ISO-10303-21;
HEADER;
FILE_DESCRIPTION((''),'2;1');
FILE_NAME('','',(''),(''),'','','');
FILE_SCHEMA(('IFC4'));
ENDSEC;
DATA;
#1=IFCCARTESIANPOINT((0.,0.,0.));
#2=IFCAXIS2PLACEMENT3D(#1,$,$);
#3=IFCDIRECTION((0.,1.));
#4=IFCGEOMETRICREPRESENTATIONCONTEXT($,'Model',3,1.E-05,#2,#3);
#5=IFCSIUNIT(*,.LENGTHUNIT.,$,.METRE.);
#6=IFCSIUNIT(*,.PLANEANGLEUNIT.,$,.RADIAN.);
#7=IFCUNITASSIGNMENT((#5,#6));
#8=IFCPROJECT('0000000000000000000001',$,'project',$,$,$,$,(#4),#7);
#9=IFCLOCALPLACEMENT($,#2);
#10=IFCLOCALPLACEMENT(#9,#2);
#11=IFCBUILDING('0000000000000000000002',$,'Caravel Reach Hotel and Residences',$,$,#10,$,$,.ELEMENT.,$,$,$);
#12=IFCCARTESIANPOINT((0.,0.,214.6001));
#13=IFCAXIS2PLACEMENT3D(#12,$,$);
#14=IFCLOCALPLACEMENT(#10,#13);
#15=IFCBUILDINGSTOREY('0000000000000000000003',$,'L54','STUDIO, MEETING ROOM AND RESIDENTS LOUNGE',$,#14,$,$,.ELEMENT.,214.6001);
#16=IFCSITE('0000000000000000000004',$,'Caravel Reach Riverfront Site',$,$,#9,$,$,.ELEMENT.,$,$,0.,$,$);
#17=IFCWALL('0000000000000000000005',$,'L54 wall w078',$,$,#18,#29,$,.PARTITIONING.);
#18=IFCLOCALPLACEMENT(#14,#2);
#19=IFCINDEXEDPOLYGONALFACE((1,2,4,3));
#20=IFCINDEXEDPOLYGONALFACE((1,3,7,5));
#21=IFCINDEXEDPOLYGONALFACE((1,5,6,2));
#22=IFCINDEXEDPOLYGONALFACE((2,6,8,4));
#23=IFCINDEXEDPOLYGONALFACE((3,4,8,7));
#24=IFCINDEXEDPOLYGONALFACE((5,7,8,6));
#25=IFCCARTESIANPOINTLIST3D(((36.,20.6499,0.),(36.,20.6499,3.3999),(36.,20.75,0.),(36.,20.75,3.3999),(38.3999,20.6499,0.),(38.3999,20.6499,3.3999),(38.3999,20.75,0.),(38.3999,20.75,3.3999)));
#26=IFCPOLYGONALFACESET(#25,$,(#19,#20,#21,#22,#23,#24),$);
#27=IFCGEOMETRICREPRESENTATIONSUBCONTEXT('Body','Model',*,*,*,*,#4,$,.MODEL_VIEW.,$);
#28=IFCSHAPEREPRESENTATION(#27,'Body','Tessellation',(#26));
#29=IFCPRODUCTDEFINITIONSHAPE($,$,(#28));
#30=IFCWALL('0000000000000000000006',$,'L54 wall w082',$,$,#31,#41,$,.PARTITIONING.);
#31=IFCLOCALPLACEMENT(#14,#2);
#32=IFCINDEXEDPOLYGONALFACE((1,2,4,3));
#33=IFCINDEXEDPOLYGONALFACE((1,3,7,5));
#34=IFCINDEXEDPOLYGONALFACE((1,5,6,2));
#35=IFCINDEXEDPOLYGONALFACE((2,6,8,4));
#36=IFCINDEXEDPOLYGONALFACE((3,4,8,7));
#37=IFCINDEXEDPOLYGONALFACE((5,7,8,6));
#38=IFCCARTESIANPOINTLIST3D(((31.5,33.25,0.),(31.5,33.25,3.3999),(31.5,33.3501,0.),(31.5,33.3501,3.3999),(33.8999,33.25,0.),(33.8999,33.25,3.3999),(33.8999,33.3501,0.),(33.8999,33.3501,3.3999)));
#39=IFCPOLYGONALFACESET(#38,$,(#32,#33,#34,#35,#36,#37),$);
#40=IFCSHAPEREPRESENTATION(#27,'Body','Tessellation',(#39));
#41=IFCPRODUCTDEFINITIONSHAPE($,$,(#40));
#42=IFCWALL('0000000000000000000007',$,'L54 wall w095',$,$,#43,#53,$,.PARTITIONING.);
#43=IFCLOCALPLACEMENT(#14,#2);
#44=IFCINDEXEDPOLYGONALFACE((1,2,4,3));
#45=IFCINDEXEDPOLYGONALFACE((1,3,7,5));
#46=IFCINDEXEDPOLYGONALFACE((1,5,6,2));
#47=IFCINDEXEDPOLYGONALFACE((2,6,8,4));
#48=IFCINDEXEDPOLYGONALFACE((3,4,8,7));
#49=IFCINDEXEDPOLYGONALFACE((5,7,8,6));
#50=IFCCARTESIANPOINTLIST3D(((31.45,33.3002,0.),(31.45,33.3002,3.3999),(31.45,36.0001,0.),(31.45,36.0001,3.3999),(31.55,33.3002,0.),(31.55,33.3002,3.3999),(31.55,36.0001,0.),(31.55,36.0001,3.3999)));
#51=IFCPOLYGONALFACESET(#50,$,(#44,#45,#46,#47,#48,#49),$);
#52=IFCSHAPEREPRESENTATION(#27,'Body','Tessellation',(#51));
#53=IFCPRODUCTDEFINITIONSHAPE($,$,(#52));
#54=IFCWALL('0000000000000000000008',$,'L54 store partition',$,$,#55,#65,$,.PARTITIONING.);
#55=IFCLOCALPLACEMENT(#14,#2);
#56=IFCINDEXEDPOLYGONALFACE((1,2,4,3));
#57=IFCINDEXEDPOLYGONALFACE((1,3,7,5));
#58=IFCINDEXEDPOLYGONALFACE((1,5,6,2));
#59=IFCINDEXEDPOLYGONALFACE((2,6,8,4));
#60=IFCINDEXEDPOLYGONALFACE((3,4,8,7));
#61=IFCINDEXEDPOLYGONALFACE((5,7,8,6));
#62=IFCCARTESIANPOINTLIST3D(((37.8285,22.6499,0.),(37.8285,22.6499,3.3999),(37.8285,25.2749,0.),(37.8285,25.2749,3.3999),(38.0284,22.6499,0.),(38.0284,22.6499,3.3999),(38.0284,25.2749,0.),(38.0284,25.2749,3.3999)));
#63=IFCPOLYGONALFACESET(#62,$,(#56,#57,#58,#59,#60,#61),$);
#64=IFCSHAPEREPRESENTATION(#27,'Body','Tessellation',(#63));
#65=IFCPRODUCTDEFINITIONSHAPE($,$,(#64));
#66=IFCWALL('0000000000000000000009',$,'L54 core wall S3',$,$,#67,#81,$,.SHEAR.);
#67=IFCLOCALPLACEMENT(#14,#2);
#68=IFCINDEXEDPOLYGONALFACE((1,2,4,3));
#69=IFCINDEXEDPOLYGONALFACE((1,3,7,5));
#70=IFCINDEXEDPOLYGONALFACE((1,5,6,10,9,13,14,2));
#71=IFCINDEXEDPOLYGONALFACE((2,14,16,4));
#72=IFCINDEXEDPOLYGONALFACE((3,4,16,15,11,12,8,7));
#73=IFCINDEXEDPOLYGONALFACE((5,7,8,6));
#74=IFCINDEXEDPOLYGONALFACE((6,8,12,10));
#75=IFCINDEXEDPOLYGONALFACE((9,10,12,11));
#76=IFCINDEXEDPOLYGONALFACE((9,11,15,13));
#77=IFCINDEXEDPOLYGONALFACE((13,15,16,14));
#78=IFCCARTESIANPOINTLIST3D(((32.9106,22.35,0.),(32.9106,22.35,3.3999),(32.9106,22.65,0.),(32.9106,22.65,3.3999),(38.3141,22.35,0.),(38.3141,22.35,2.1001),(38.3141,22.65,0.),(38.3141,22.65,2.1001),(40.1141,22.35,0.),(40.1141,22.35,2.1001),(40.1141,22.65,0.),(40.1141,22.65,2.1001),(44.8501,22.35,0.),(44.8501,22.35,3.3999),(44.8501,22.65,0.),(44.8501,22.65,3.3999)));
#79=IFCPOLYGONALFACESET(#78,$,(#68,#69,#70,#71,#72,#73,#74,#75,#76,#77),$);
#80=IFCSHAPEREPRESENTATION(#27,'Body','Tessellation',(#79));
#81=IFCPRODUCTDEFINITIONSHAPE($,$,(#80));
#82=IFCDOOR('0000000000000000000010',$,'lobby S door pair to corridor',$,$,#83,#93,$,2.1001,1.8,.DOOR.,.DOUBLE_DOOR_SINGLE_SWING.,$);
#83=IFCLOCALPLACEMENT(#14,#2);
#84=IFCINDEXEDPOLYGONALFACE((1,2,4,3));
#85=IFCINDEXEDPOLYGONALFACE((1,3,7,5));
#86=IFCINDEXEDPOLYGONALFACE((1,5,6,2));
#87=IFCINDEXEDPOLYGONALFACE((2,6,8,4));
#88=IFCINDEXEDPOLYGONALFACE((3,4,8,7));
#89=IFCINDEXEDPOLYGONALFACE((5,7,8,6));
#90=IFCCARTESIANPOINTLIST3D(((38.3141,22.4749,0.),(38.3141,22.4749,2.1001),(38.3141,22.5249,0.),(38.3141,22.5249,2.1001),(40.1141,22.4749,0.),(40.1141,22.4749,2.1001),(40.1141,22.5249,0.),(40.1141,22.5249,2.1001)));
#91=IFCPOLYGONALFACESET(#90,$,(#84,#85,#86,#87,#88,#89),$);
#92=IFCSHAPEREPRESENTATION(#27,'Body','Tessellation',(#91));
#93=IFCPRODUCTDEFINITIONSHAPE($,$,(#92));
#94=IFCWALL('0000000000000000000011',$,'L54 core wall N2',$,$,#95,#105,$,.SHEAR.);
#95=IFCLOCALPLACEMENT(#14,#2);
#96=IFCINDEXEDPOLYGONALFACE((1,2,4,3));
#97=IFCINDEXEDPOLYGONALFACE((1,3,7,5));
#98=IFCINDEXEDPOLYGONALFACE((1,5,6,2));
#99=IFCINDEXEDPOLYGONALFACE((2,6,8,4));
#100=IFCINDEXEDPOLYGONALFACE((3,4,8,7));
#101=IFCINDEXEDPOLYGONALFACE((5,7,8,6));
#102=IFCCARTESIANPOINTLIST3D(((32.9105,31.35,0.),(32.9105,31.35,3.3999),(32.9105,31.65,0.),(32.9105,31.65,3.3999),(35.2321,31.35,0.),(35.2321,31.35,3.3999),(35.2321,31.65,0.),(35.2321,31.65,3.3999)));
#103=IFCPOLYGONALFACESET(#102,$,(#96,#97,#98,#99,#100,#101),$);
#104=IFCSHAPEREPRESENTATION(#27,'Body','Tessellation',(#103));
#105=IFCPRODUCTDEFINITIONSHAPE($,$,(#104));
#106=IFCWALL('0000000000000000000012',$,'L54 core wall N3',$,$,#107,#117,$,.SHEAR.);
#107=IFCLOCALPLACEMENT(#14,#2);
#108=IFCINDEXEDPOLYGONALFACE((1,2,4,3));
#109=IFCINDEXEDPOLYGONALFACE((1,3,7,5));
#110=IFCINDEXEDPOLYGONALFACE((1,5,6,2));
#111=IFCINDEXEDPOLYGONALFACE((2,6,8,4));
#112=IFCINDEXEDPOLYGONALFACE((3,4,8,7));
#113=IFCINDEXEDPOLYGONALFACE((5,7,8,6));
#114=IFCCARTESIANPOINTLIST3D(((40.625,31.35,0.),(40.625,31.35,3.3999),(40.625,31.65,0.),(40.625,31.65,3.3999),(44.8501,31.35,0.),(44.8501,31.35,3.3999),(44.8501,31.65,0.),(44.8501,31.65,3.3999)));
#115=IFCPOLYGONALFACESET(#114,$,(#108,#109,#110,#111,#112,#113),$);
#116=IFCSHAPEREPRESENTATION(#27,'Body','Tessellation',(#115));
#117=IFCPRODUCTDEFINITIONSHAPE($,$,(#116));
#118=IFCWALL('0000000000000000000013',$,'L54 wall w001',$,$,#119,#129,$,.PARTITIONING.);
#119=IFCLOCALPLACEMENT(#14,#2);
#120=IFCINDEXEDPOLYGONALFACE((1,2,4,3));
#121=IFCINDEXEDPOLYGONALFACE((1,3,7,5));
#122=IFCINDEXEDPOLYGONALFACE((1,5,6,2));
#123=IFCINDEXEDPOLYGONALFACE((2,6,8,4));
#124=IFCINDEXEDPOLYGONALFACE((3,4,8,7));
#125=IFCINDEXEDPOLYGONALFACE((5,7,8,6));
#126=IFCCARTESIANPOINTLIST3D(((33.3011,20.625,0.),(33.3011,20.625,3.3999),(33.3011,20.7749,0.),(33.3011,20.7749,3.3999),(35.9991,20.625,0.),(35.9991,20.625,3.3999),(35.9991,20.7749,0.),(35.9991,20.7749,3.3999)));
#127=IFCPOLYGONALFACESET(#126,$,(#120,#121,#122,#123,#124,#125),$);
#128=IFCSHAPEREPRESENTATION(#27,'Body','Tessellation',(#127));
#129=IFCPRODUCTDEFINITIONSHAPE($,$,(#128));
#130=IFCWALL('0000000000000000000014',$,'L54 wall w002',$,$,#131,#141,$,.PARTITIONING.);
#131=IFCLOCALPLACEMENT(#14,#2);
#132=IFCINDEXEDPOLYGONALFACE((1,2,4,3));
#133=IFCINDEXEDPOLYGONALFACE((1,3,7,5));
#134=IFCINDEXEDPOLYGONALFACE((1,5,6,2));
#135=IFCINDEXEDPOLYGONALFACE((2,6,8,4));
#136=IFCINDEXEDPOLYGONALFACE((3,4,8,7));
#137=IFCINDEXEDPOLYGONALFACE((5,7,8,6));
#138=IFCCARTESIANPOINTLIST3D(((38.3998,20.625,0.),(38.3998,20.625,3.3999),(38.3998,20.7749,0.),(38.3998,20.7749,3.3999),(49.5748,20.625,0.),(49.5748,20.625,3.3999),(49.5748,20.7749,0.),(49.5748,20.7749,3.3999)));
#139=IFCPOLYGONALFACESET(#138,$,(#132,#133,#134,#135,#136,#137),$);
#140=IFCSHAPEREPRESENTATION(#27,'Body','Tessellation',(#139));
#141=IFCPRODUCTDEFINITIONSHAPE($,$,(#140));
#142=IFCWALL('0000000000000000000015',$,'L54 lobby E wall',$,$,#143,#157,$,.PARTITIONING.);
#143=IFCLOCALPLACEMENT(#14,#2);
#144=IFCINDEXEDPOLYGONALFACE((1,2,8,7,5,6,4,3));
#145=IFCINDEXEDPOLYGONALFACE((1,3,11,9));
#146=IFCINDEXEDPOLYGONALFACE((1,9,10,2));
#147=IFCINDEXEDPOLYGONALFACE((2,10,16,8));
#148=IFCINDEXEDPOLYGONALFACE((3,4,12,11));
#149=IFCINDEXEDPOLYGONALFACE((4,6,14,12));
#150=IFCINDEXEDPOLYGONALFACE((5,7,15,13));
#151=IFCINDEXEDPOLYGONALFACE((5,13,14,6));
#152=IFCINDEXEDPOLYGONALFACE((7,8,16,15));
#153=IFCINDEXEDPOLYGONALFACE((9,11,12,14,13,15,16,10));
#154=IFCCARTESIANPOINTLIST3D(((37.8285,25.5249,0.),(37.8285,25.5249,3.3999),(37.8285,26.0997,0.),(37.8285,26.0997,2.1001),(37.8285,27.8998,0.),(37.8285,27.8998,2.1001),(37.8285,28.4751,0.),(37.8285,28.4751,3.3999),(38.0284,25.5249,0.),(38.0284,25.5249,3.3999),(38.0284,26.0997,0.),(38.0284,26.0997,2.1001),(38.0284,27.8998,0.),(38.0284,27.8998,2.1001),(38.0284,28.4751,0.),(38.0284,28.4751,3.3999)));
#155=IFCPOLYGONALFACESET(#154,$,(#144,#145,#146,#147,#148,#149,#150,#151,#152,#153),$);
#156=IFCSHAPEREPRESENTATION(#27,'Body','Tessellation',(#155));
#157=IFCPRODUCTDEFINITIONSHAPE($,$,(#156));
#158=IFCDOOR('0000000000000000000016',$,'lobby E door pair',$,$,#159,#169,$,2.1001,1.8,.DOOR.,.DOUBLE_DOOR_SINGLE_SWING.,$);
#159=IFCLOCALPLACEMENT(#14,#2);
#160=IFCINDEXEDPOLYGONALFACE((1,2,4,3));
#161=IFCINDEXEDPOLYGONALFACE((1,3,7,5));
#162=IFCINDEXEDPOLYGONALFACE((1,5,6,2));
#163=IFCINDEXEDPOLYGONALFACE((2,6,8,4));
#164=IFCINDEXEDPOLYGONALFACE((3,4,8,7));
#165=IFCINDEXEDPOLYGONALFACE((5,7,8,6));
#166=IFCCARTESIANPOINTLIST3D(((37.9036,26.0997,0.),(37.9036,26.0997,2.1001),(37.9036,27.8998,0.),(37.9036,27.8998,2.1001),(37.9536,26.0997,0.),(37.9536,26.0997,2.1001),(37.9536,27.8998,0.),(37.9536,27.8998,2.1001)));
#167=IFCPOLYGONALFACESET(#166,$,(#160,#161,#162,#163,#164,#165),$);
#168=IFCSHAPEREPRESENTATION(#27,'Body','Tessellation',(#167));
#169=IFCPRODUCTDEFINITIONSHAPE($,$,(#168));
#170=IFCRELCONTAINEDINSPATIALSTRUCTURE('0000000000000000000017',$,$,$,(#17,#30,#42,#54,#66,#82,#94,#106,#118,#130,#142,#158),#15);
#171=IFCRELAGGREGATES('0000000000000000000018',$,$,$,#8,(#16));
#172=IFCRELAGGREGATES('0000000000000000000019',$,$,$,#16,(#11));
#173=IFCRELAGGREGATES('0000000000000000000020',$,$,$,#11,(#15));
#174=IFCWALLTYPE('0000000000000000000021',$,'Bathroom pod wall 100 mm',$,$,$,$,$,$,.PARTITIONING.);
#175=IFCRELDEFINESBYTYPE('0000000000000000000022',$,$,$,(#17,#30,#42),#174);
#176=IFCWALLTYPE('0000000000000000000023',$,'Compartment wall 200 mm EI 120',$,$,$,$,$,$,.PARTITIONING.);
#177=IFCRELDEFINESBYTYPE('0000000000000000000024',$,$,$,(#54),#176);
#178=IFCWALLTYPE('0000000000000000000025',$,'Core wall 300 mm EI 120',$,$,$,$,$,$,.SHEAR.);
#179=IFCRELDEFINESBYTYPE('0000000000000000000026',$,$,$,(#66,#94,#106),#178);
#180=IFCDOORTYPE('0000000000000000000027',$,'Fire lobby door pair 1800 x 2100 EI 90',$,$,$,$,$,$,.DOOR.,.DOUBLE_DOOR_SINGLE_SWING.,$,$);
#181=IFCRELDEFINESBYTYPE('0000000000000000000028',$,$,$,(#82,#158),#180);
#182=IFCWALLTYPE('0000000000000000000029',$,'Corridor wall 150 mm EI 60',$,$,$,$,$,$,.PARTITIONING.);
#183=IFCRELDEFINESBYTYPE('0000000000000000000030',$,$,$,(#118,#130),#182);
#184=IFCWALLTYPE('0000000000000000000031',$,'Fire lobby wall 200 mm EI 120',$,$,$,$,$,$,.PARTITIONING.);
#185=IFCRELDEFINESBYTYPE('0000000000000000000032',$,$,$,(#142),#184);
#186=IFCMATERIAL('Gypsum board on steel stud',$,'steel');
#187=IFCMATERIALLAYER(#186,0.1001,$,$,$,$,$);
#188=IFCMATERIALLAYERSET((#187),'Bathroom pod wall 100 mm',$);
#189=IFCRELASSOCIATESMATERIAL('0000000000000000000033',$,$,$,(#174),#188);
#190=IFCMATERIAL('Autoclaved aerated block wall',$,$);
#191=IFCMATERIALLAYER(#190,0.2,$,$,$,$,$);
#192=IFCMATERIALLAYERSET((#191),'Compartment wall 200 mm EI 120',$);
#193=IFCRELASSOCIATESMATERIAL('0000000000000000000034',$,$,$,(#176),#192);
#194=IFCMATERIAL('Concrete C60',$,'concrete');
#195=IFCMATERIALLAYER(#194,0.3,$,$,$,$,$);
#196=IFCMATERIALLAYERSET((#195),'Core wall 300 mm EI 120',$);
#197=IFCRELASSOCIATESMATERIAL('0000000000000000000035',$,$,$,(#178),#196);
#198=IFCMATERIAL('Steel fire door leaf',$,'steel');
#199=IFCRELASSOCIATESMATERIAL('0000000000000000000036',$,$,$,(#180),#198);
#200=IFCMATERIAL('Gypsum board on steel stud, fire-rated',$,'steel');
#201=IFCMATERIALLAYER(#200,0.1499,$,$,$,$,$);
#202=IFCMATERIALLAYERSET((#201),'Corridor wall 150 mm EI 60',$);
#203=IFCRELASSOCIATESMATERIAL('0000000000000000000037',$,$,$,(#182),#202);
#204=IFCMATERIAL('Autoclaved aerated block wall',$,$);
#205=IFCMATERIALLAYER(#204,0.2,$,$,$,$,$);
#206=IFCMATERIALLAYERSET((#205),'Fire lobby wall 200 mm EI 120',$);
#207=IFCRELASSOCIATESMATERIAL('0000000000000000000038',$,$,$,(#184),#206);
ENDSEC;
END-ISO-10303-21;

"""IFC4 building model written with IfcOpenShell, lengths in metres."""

from ifc_helpers import new_model, si_unit, direction, frame, frame_2d, origin, place, context, subcontext, project, spatial, rectangle, extrude, material, layer, layer_set, type_object, element, fill, save


model = new_model("IFC4")

# Units and contexts
model_context = context("Model", 3, precision=1e-05, world=origin(), true_north=direction((0.0, 1.0)))
body_context = subcontext(model_context, "Body", "Model", "MODEL_VIEW")
ifc_project = project(units=[si_unit("LENGTHUNIT", "METRE"), si_unit("PLANEANGLEUNIT", "RADIAN")], contexts=[model_context])

# Site, building, storey
site_placement = place(None, origin())
site = spatial("IfcSite", under=ifc_project, at=site_placement, Name="Caravel Reach Riverfront Site", CompositionType="ELEMENT", RefElevation=0.0)
building_placement = place(site_placement, origin())
building = spatial("IfcBuilding", under=site, at=building_placement, Name="Caravel Reach Hotel and Residences", CompositionType="ELEMENT")
storey_placement = place(building_placement, frame((0.0, 0.0, 214.6001)))
storey = spatial("IfcBuildingStorey", under=building, at=storey_placement, Name="L54", Description="STUDIO, MEETING ROOM AND RESIDENTS LOUNGE", CompositionType="ELEMENT", Elevation=214.6001)

# Walls
ifc_material_1 = material(Name="Gypsum board on steel stud", Category="steel")
ifc_layer_1 = layer(ifc_material_1, 0.1001)
ifc_layer_set_1 = layer_set([ifc_layer_1], Name="Bathroom pod wall 100 mm")
wall_type_1 = type_object("IfcWallType", Name="Bathroom pod wall 100 mm", PredefinedType="PARTITIONING", material=ifc_layer_set_1)
for number, where, z_axis, x_axis, name in (
    (1, (36.0, 20.7, 0.0), (0.0, 0.0, 1.0), (1.0, 0.0, 0.0), "L54 wall w078"),
    (2, (31.5, 33.3, 0.0), (0.0, 0.0, 1.0), (1.0, 0.0, 0.0), "L54 wall w082"),
):
    element("IfcWall", number, at=place(storey_placement, frame(where, z_axis=z_axis, x_axis=x_axis)), inside=storey, type_object=wall_type_1, Name=name, PredefinedType="PARTITIONING", context=body_context, shape_type="SweptSolid", body=[
        extrude(rectangle(XDim=2.3999, YDim=0.1001, at=frame_2d((1.2, 0.0))), origin(), (0.0, 0.0, 1.0), 3.3999),
    ])
wall_1_placement = place(storey_placement, frame((31.5, 33.3, 0.0), z_axis=(0.0, 0.0, 1.0), x_axis=(0.0, 1.0, 0.0)))
element("IfcWall", 3, at=wall_1_placement, inside=storey, type_object=wall_type_1, Name="L54 wall w095", PredefinedType="PARTITIONING", context=body_context, shape_type="SweptSolid", body=[
    extrude(rectangle(XDim=2.7, YDim=0.1001, at=frame_2d((1.3501, 0.0))), origin(), (0.0, 0.0, 1.0), 3.3999),
])
ifc_material_2 = material(Name="Autoclaved aerated block wall")
ifc_layer_2 = layer(ifc_material_2, 0.2)
ifc_layer_set_2 = layer_set([ifc_layer_2], Name="Compartment wall 200 mm EI 120")
wall_type_2 = type_object("IfcWallType", Name="Compartment wall 200 mm EI 120", PredefinedType="PARTITIONING", material=ifc_layer_set_2)
wall_2_placement = place(storey_placement, frame((37.9285, 22.6499, 0.0), z_axis=(0.0, 0.0, 1.0), x_axis=(0.0, 1.0, 0.0)))
element("IfcWall", 4, at=wall_2_placement, inside=storey, type_object=wall_type_2, Name="L54 store partition", PredefinedType="PARTITIONING", context=body_context, shape_type="SweptSolid", body=[
    extrude(rectangle(XDim=2.625, YDim=0.2, at=frame_2d((1.3125, 0.0))), origin(), (0.0, 0.0, 1.0), 3.3999),
])

# Wall, opening, door
ifc_material_3 = material(Name="Concrete C60", Category="concrete")
ifc_layer_3 = layer(ifc_material_3, 0.3)
ifc_layer_set_3 = layer_set([ifc_layer_3], Name="Core wall 300 mm EI 120")
wall_type_3 = type_object("IfcWallType", Name="Core wall 300 mm EI 120", PredefinedType="SHEAR", material=ifc_layer_set_3)
wall_3_placement = place(storey_placement, frame((32.9106, 22.5, 0.0), z_axis=(0.0, 0.0, 1.0), x_axis=(1.0, 0.0, 0.0)))
wall_3 = element("IfcWall", 5, at=wall_3_placement, inside=storey, type_object=wall_type_3, Name="L54 core wall S3", PredefinedType="SHEAR", context=body_context, shape_type="SweptSolid", body=[
    extrude(rectangle(XDim=11.9395, YDim=0.3, at=frame_2d((5.9697, 0.0))), origin(), (0.0, 0.0, 1.0), 3.3999),
])
opening_1_placement = place(wall_3_placement, frame((5.4036, 0.0, 0.0)))
opening_1 = element("IfcOpeningElement", 6, at=opening_1_placement, cuts=wall_3, PredefinedType="OPENING", context=body_context, shape_type="SweptSolid", body=[
    extrude(rectangle(XDim=1.8, YDim=2.1001, at=frame_2d((0.8999, 1.05))), frame((0.0, 0.1599, 0.0), z_axis=(0.0, -1.0, 0.0), x_axis=(1.0, 0.0, 0.0)), (0.0, 0.0, 1.0), 0.3201),
])
ifc_material_4 = material(Name="Steel fire door leaf", Category="steel")
door_type_1 = type_object("IfcDoorType", Name="Fire lobby door pair 1800 x 2100 EI 90", OperationType="DOUBLE_DOOR_SINGLE_SWING", PredefinedType="DOOR", material=ifc_material_4)
door_1_placement = place(opening_1_placement, origin())
door_1 = element("IfcDoor", 7, at=door_1_placement, inside=storey, type_object=door_type_1, Name="lobby S door pair to corridor", OperationType="DOUBLE_DOOR_SINGLE_SWING", OverallHeight=2.1001, OverallWidth=1.8, PredefinedType="DOOR", context=body_context, shape_type="SweptSolid", body=[
    extrude(rectangle(XDim=1.8, YDim=2.1001, at=frame_2d((0.8999, 1.05))), frame((0.0, 0.0249, 0.0), z_axis=(0.0, -1.0, 0.0), x_axis=(1.0, 0.0, 0.0)), (0.0, 0.0, 1.0), 0.05),
])
fill(opening_1, door_1)

# Walls
wall_4_placement = place(storey_placement, frame((32.9106, 31.5, 0.0), z_axis=(0.0, 0.0, 1.0), x_axis=(1.0, 0.0, 0.0)))
element("IfcWall", 8, at=wall_4_placement, inside=storey, type_object=wall_type_3, Name="L54 core wall N2", PredefinedType="SHEAR", context=body_context, shape_type="SweptSolid", body=[
    extrude(rectangle(XDim=2.3215, YDim=0.3, at=frame_2d((1.1606, 0.0))), origin(), (0.0, 0.0, 1.0), 3.3999),
])
wall_5_placement = place(storey_placement, frame((40.625, 31.5, 0.0), z_axis=(0.0, 0.0, 1.0), x_axis=(1.0, 0.0, 0.0)))
element("IfcWall", 9, at=wall_5_placement, inside=storey, type_object=wall_type_3, Name="L54 core wall N3", PredefinedType="SHEAR", context=body_context, shape_type="SweptSolid", body=[
    extrude(rectangle(XDim=4.2251, YDim=0.3, at=frame_2d((2.1125, 0.0))), origin(), (0.0, 0.0, 1.0), 3.3999),
])
ifc_material_5 = material(Name="Gypsum board on steel stud, fire-rated", Category="steel")
ifc_layer_4 = layer(ifc_material_5, 0.1499)
ifc_layer_set_4 = layer_set([ifc_layer_4], Name="Corridor wall 150 mm EI 60")
wall_type_4 = type_object("IfcWallType", Name="Corridor wall 150 mm EI 60", PredefinedType="PARTITIONING", material=ifc_layer_set_4)
wall_6_placement = place(storey_placement, frame((33.301, 20.7, 0.0), z_axis=(0.0, 0.0, 1.0), x_axis=(1.0, 0.0, 0.0)))
element("IfcWall", 10, at=wall_6_placement, inside=storey, type_object=wall_type_4, Name="L54 wall w001", PredefinedType="PARTITIONING", context=body_context, shape_type="SweptSolid", body=[
    extrude(rectangle(XDim=2.698, YDim=0.1499, at=frame_2d((1.3491, 0.0))), origin(), (0.0, 0.0, 1.0), 3.3999),
])
wall_7_placement = place(storey_placement, frame((38.3999, 20.7, 0.0), z_axis=(0.0, 0.0, 1.0), x_axis=(1.0, 0.0, 0.0)))
element("IfcWall", 11, at=wall_7_placement, inside=storey, type_object=wall_type_4, Name="L54 wall w002", PredefinedType="PARTITIONING", context=body_context, shape_type="SweptSolid", body=[
    extrude(rectangle(XDim=11.175, YDim=0.1499, at=frame_2d((5.5874, 0.0))), origin(), (0.0, 0.0, 1.0), 3.3999),
])

# Wall, opening, door
ifc_material_6 = material(Name="Autoclaved aerated block wall")
ifc_layer_5 = layer(ifc_material_6, 0.2)
ifc_layer_set_5 = layer_set([ifc_layer_5], Name="Fire lobby wall 200 mm EI 120")
wall_type_5 = type_object("IfcWallType", Name="Fire lobby wall 200 mm EI 120", PredefinedType="PARTITIONING", material=ifc_layer_set_5)
wall_8_placement = place(storey_placement, frame((37.9285, 25.5249, 0.0), z_axis=(0.0, 0.0, 1.0), x_axis=(0.0, 1.0, 0.0)))
wall_8 = element("IfcWall", 12, at=wall_8_placement, inside=storey, type_object=wall_type_5, Name="L54 lobby E wall", PredefinedType="PARTITIONING", context=body_context, shape_type="SweptSolid", body=[
    extrude(rectangle(XDim=2.9502, YDim=0.2, at=frame_2d((1.4751, 0.0))), origin(), (0.0, 0.0, 1.0), 3.3999),
])
opening_2_placement = place(wall_8_placement, frame((0.575, 0.0, 0.0)))
opening_2 = element("IfcOpeningElement", 13, at=opening_2_placement, cuts=wall_8, PredefinedType="OPENING", context=body_context, shape_type="SweptSolid", body=[
    extrude(rectangle(XDim=1.8, YDim=2.1001, at=frame_2d((0.8999, 1.05))), frame((0.0, 0.1099, 0.0), z_axis=(0.0, -1.0, 0.0), x_axis=(1.0, 0.0, 0.0)), (0.0, 0.0, 1.0), 0.22),
])
door_2_placement = place(opening_2_placement, origin())
door_2 = element("IfcDoor", 14, at=door_2_placement, inside=storey, type_object=door_type_1, Name="lobby E door pair", OperationType="DOUBLE_DOOR_SINGLE_SWING", OverallHeight=2.1001, OverallWidth=1.8, PredefinedType="DOOR", context=body_context, shape_type="SweptSolid", body=[
    extrude(rectangle(XDim=1.8, YDim=2.1001, at=frame_2d((0.8999, 1.05))), frame((0.0, 0.0249, 0.0), z_axis=(0.0, -1.0, 0.0), x_axis=(1.0, 0.0, 0.0)), (0.0, 0.0, 1.0), 0.05),
])
fill(opening_2, door_2)

save(model, "model.ifc")
